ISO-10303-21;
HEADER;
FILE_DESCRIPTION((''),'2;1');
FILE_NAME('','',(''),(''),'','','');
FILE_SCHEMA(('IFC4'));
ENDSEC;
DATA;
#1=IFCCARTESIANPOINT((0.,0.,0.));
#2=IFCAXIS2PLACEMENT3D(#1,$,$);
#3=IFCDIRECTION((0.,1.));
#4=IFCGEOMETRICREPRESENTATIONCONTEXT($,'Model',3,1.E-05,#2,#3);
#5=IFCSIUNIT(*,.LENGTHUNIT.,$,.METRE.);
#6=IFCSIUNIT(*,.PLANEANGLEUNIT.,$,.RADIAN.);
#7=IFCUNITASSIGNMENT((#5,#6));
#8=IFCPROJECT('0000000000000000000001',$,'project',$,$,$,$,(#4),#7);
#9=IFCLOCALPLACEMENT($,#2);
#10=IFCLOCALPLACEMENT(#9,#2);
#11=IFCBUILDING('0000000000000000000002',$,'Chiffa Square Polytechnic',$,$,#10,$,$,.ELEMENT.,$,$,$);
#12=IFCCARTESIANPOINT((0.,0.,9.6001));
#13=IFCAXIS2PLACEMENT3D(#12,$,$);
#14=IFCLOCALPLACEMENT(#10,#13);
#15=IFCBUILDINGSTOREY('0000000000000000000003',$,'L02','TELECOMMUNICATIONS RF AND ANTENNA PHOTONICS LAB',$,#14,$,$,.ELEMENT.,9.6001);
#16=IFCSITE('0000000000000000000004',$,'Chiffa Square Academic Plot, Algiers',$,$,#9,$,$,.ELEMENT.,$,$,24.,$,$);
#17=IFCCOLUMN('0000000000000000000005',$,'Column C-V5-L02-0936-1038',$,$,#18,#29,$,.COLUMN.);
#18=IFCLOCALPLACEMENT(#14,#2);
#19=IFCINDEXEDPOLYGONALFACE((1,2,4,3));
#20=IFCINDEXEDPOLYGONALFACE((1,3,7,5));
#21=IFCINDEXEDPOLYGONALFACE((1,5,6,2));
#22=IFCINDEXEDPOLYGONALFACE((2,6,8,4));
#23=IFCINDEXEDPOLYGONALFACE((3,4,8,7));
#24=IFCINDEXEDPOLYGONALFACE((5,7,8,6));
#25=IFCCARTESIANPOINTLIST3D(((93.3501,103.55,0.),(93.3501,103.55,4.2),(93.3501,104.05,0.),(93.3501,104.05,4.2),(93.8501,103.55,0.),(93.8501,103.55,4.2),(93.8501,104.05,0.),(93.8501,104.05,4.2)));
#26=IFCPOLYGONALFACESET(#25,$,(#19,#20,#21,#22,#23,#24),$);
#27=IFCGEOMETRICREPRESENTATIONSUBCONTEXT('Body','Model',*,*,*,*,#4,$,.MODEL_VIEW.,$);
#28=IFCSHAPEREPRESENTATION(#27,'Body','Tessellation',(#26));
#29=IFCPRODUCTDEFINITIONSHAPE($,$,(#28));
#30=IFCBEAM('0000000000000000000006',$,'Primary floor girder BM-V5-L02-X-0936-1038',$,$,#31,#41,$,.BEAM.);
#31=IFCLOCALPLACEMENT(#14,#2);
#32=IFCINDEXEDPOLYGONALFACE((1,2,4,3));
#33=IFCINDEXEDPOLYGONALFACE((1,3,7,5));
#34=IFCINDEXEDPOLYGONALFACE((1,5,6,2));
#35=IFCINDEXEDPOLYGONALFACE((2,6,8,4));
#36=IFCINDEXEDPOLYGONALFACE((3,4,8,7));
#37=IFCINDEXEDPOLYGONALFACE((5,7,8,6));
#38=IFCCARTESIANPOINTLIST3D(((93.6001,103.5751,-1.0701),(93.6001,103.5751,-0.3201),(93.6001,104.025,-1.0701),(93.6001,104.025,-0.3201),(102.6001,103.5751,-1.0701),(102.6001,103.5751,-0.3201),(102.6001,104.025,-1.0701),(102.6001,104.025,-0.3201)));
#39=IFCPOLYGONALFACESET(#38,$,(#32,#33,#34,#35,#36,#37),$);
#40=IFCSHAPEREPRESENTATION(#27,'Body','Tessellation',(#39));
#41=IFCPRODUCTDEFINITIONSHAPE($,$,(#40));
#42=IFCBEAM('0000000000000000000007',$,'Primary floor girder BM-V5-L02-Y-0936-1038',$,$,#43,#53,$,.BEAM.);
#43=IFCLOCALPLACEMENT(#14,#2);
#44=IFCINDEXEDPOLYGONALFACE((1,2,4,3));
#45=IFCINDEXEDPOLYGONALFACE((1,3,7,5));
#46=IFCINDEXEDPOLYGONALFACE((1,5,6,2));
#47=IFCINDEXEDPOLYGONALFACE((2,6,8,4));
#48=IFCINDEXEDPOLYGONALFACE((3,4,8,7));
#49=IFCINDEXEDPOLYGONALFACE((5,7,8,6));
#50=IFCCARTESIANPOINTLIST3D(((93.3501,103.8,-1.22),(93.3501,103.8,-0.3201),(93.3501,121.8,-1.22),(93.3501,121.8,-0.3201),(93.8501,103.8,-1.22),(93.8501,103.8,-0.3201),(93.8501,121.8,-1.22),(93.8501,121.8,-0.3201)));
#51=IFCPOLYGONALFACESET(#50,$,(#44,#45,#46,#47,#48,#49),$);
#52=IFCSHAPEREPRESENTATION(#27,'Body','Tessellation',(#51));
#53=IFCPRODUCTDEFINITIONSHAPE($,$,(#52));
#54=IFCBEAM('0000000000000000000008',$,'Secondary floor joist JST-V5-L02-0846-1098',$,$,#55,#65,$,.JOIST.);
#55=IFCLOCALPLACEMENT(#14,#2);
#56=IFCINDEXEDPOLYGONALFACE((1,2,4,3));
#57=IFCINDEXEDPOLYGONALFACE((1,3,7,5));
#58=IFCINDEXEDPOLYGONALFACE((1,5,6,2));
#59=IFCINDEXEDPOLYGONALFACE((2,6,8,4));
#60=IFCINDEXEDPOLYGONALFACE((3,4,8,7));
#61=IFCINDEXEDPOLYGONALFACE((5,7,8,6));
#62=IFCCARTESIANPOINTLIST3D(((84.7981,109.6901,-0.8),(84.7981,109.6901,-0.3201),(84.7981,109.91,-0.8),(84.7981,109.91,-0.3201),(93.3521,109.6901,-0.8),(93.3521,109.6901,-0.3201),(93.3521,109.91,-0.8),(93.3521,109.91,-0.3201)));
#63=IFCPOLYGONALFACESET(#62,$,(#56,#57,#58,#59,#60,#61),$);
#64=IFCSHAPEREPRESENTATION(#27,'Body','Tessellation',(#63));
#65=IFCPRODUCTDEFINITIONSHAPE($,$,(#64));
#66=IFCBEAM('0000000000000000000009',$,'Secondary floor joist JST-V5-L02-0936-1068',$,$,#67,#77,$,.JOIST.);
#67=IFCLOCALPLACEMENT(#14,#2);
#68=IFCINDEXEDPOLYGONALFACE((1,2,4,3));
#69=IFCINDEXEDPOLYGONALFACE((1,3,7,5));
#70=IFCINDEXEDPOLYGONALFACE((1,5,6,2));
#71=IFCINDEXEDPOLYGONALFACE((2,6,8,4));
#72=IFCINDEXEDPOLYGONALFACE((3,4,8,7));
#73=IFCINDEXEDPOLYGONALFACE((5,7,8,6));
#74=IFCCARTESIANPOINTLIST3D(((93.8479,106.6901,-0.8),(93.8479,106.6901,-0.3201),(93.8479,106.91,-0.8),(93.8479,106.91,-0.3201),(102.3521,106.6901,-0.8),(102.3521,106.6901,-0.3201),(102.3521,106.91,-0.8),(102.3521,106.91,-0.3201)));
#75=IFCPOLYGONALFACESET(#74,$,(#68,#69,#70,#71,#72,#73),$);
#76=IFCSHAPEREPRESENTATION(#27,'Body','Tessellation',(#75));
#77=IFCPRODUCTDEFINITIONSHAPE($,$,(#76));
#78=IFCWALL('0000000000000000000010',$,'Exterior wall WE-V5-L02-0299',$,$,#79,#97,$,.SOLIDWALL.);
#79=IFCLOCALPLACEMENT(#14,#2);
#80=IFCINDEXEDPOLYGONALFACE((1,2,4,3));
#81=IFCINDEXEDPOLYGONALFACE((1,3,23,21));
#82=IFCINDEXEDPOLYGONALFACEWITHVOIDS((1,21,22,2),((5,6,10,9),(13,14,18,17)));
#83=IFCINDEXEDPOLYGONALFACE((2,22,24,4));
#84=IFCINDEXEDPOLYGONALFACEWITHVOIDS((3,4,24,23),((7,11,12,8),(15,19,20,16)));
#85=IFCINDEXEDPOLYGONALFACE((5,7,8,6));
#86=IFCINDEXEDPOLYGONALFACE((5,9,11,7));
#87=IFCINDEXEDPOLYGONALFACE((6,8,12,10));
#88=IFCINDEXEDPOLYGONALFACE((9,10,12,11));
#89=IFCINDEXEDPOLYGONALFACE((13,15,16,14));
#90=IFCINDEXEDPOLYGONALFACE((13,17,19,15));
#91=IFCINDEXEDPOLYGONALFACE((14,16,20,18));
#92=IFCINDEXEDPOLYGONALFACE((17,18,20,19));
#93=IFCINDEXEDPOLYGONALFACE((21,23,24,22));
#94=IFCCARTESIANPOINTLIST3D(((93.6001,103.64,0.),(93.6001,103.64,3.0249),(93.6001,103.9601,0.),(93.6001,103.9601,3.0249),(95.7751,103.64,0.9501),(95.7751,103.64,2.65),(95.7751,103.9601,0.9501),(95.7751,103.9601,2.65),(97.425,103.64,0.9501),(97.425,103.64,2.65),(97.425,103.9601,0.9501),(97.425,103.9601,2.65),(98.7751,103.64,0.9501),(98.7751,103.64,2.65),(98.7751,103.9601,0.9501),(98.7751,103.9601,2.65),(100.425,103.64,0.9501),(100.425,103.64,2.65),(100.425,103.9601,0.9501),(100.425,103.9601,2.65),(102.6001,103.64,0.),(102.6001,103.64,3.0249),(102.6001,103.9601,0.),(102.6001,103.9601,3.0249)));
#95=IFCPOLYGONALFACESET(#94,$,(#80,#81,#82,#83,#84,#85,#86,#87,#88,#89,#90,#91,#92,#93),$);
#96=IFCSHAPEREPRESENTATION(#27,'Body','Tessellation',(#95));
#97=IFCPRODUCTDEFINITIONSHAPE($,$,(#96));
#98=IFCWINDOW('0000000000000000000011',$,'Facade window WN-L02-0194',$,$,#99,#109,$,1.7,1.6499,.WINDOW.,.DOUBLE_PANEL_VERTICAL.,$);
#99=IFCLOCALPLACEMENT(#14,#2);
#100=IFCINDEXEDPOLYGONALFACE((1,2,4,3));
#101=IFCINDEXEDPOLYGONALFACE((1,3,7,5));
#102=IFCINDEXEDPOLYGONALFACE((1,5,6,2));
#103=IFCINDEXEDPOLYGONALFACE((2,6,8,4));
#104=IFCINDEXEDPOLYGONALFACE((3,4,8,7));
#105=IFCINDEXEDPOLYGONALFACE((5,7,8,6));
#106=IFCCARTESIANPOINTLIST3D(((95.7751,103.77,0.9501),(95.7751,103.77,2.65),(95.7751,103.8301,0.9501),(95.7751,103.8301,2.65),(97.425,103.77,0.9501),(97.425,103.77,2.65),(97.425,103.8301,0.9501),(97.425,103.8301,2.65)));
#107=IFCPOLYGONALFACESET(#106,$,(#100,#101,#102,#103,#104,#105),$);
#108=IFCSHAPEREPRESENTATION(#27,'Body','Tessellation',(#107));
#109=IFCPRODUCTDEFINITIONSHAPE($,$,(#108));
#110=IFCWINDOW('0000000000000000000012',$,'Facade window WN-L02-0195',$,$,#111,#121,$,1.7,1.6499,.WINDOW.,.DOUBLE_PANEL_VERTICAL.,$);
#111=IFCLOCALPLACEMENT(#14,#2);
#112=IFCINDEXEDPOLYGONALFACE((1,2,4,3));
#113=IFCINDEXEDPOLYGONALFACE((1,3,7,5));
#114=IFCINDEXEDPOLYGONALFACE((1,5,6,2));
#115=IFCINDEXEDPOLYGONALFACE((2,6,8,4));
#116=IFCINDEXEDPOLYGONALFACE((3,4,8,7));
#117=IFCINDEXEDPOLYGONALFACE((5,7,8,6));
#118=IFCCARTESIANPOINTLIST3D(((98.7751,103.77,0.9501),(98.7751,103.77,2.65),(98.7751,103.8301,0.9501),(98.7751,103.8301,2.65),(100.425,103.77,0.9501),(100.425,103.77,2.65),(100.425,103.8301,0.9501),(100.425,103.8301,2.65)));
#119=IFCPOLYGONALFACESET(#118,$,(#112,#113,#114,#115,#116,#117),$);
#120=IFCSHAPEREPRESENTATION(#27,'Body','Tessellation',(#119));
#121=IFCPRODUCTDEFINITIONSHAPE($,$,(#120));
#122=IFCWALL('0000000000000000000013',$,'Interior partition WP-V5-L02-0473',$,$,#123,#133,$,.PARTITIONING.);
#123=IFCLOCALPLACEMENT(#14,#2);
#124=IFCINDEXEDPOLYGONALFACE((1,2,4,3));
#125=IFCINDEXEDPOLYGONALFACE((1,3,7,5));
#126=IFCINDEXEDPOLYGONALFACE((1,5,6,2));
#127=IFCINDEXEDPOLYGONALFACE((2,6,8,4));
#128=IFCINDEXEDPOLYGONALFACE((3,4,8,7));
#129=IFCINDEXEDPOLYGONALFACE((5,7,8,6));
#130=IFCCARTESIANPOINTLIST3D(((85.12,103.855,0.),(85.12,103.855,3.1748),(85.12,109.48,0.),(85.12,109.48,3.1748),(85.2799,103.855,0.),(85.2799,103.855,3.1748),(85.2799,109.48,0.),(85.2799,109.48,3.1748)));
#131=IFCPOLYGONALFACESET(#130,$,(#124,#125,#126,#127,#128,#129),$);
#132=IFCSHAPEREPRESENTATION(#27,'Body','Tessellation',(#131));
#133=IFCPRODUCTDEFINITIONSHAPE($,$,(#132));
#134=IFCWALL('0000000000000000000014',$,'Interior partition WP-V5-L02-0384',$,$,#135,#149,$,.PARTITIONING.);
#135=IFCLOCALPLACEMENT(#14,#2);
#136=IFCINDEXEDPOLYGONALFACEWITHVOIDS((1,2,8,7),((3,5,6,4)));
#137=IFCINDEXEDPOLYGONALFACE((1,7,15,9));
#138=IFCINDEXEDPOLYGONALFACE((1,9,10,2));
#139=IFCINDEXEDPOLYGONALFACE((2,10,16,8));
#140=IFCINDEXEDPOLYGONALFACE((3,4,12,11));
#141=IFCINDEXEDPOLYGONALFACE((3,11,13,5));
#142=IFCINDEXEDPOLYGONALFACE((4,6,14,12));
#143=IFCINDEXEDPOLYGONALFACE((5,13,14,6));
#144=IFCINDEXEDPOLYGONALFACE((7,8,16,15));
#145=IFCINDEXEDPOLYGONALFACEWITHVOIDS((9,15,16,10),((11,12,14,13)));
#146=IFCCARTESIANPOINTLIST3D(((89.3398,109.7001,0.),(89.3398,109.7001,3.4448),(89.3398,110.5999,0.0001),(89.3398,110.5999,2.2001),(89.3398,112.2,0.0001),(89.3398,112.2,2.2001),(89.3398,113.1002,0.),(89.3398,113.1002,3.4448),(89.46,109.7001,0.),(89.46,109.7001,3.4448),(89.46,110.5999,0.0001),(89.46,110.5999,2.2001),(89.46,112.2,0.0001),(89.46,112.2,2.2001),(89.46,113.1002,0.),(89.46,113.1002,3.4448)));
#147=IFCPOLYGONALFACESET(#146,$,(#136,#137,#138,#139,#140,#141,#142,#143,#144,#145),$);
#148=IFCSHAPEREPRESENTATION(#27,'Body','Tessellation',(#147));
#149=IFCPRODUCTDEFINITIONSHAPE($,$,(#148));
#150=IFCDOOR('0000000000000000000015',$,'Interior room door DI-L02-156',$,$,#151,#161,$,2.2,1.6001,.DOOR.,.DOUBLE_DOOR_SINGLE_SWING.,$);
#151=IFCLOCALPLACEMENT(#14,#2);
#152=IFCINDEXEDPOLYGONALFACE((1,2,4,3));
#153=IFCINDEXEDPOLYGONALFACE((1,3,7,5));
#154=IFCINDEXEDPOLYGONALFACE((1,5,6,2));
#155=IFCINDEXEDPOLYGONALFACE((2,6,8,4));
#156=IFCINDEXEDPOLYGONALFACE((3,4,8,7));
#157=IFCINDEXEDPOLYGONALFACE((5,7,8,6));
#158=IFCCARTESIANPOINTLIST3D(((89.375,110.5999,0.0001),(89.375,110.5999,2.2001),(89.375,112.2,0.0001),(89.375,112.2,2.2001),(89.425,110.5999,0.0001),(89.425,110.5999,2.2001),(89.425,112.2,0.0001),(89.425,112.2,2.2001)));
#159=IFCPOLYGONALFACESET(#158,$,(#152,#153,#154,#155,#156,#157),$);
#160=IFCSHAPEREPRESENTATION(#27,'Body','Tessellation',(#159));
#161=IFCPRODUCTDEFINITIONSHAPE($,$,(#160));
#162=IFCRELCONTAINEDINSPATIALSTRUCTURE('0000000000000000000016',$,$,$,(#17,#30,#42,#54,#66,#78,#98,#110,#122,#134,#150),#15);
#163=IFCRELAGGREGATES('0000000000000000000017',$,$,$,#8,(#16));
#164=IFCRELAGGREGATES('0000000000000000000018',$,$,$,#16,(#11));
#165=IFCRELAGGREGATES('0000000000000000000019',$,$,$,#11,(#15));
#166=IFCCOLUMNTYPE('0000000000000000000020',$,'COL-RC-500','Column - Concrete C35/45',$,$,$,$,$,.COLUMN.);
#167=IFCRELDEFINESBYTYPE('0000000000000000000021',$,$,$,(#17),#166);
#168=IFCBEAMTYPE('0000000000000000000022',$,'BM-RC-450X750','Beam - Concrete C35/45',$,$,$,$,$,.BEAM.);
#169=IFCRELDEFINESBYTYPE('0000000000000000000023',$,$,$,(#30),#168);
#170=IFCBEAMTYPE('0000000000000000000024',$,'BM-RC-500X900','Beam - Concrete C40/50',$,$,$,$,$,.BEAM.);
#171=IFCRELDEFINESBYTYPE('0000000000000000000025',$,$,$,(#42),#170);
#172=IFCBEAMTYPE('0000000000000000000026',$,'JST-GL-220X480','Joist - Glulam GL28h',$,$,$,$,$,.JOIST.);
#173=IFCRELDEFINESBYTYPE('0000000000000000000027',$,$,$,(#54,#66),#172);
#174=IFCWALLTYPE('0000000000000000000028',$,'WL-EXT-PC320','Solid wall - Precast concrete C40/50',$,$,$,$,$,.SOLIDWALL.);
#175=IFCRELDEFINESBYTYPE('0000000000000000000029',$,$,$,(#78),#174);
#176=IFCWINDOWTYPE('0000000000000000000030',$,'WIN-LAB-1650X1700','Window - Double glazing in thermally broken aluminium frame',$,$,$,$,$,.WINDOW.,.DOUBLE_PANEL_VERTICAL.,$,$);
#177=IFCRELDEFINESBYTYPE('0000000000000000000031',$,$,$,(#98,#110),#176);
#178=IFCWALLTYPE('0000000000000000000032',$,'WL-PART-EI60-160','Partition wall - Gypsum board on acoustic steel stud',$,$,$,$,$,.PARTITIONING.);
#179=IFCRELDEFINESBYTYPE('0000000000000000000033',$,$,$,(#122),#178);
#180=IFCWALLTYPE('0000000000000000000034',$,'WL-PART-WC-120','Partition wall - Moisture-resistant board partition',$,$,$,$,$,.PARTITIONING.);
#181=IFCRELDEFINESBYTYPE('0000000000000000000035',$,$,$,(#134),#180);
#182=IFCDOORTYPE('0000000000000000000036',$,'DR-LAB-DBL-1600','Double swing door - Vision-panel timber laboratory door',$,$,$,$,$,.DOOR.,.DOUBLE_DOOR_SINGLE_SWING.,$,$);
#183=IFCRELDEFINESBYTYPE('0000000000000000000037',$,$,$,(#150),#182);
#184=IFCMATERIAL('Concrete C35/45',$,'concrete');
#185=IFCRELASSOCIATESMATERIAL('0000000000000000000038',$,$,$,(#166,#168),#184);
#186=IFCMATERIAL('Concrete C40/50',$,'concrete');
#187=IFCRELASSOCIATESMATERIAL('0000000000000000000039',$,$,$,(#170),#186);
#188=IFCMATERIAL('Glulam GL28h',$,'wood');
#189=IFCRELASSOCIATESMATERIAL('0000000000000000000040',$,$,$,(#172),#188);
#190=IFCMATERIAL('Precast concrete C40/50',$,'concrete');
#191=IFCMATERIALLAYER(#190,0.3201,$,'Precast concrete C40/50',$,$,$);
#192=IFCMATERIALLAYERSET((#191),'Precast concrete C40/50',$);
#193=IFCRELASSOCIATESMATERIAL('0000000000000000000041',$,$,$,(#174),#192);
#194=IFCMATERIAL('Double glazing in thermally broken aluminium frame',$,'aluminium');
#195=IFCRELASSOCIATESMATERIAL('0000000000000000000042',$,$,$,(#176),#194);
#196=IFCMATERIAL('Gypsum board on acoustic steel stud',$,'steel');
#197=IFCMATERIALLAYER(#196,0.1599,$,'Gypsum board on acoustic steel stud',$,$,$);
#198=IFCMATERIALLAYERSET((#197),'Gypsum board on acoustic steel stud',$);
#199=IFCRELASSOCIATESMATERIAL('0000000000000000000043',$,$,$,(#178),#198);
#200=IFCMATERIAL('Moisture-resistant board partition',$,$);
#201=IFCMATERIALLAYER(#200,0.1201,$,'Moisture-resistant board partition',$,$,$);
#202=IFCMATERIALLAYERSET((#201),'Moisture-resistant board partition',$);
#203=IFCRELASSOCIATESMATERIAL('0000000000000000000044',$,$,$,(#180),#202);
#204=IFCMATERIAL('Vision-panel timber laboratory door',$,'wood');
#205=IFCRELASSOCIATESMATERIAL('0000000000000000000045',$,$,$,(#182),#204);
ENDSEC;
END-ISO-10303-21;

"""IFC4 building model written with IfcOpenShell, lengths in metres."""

from ifc_helpers import new_model, si_unit, direction, frame, frame_2d, origin, origin_2d, place, context, subcontext, project, spatial, rectangle, extrude, material, layer, layer_set, material_profile, profile_set, type_object, element, fill, save


model = new_model("IFC4")

# Units and contexts
model_context = context("Model", 3, precision=1e-05, world=origin(), true_north=direction((0.0, 1.0)))
body_context = subcontext(model_context, "Body", "Model", "MODEL_VIEW")
ifc_project = project(units=[si_unit("LENGTHUNIT", "METRE"), si_unit("PLANEANGLEUNIT", "RADIAN")], contexts=[model_context])

# Site, building, storey
site_placement = place(None, origin())
site = spatial("IfcSite", under=ifc_project, at=site_placement, Name="Chiffa Square Academic Plot, Algiers", CompositionType="ELEMENT", RefElevation=24.0)
building_placement = place(site_placement, origin())
building = spatial("IfcBuilding", under=site, at=building_placement, Name="Chiffa Square Polytechnic", CompositionType="ELEMENT")
storey_placement = place(building_placement, frame((0.0, 0.0, 9.6001)))
storey = spatial("IfcBuildingStorey", under=building, at=storey_placement, Name="L02", Description="TELECOMMUNICATIONS RF AND ANTENNA PHOTONICS LAB", CompositionType="ELEMENT", Elevation=9.6001)

# Column
ifc_material_1 = material(Name="Concrete C35/45", Category="concrete")
ifc_material_profile_1 = material_profile(ifc_material_1, rectangle(XDim=0.5, YDim=0.5, at=origin_2d()), Name="RC 500x500")
ifc_profile_set_1 = profile_set([ifc_material_profile_1], Name="Concrete C35/45")
column_type = type_object("IfcColumnType", Name="COL-RC-500", Description="Column - Concrete C35/45", PredefinedType="COLUMN", material=ifc_profile_set_1)
column_placement = place(storey_placement, frame((93.6001, 103.8, 0.0), z_axis=(0.0, 0.0, 1.0), x_axis=(1.0, 0.0, 0.0)))
element("IfcColumn", 1, at=column_placement, inside=storey, type_object=column_type, Name="Column C-V5-L02-0936-1038", PredefinedType="COLUMN", context=body_context, shape_type="SweptSolid", body=[
    extrude(rectangle(XDim=0.5, YDim=0.5, at=origin_2d()), origin(), (0.0, 0.0, 1.0), 4.2),
])

# Beams
ifc_material_profile_2 = material_profile(ifc_material_1, rectangle(XDim=0.45, YDim=0.75, at=origin_2d()), Name="RC 450x750")
ifc_profile_set_2 = profile_set([ifc_material_profile_2], Name="Concrete C35/45")
beam_type_1 = type_object("IfcBeamType", Name="BM-RC-450X750", Description="Beam - Concrete C35/45", PredefinedType="BEAM", material=ifc_profile_set_2)
beam_1_placement = place(storey_placement, frame((93.6001, 103.8, -0.6951), z_axis=(1.0, 0.0, 0.0), x_axis=(0.0, 1.0, 0.0)))
element("IfcBeam", 2, at=beam_1_placement, inside=storey, type_object=beam_type_1, Name="Primary floor girder BM-V5-L02-X-0936-1038", PredefinedType="BEAM", context=body_context, shape_type="SweptSolid", body=[
    extrude(rectangle(XDim=0.45, YDim=0.75, at=origin_2d()), origin(), (0.0, 0.0, 1.0), 9.0),
])
ifc_material_2 = material(Name="Concrete C40/50", Category="concrete")
ifc_material_profile_3 = material_profile(ifc_material_2, rectangle(XDim=0.5, YDim=0.8999, at=origin_2d()), Name="RC 500x900")
ifc_profile_set_3 = profile_set([ifc_material_profile_3], Name="Concrete C40/50")
beam_type_2 = type_object("IfcBeamType", Name="BM-RC-500X900", Description="Beam - Concrete C40/50", PredefinedType="BEAM", material=ifc_profile_set_3)
beam_2_placement = place(storey_placement, frame((93.6001, 103.8, -0.77), z_axis=(0.0, 1.0, 0.0), x_axis=(-1.0, 0.0, 0.0)))
element("IfcBeam", 3, at=beam_2_placement, inside=storey, type_object=beam_type_2, Name="Primary floor girder BM-V5-L02-Y-0936-1038", PredefinedType="BEAM", context=body_context, shape_type="SweptSolid", body=[
    extrude(rectangle(XDim=0.5, YDim=0.8999, at=origin_2d()), origin(), (0.0, 0.0, 1.0), 18.0),
])
ifc_material_3 = material(Name="Glulam GL28h", Category="wood")
ifc_material_profile_4 = material_profile(ifc_material_3, rectangle(XDim=0.22, YDim=0.48, at=origin_2d()), Name="GL28h 220x480")
ifc_profile_set_4 = profile_set([ifc_material_profile_4], Name="Glulam GL28h")
beam_type_3 = type_object("IfcBeamType", Name="JST-GL-220X480", Description="Joist - Glulam GL28h", PredefinedType="JOIST", material=ifc_profile_set_4)
beam_3_placement = place(storey_placement, frame((84.7981, 109.8, -0.5601), z_axis=(1.0, 0.0, 0.0), x_axis=(0.0, 1.0, 0.0)))
element("IfcBeam", 4, at=beam_3_placement, inside=storey, type_object=beam_type_3, Name="Secondary floor joist JST-V5-L02-0846-1098", PredefinedType="JOIST", context=body_context, shape_type="SweptSolid", body=[
    extrude(rectangle(XDim=0.22, YDim=0.48, at=origin_2d()), origin(), (0.0, 0.0, 1.0), 8.554),
])
beam_4_placement = place(storey_placement, frame((93.8479, 106.8, -0.5601), z_axis=(1.0, 0.0, 0.0), x_axis=(0.0, 1.0, 0.0)))
element("IfcBeam", 5, at=beam_4_placement, inside=storey, type_object=beam_type_3, Name="Secondary floor joist JST-V5-L02-0936-1068", PredefinedType="JOIST", context=body_context, shape_type="SweptSolid", body=[
    extrude(rectangle(XDim=0.22, YDim=0.48, at=origin_2d()), origin(), (0.0, 0.0, 1.0), 8.5042),
])

# Wall, openings, windows
ifc_material_4 = material(Name="Precast concrete C40/50", Category="concrete")
ifc_layer_1 = layer(ifc_material_4, 0.3201, Name="Precast concrete C40/50")
ifc_layer_set_1 = layer_set([ifc_layer_1], Name="Precast concrete C40/50")
wall_type_1 = type_object("IfcWallType", Name="WL-EXT-PC320", Description="Solid wall - Precast concrete C40/50", PredefinedType="SOLIDWALL", material=ifc_layer_set_1)
wall_1_placement = place(storey_placement, frame((93.6001, 103.8, 0.0), z_axis=(0.0, 0.0, 1.0), x_axis=(1.0, 0.0, 0.0)))
wall_1 = element("IfcWall", 6, at=wall_1_placement, inside=storey, type_object=wall_type_1, Name="Exterior wall WE-V5-L02-0299", PredefinedType="SOLIDWALL", context=body_context, shape_type="SweptSolid", body=[
    extrude(rectangle(XDim=9.0, YDim=0.3201, at=frame_2d((4.5, 0.0))), origin(), (0.0, 0.0, 1.0), 3.0249),
])
opening_1_placement = place(wall_1_placement, frame((2.175, 0.0, 0.95)))
opening_1 = element("IfcOpeningElement", 7, at=opening_1_placement, cuts=wall_1, PredefinedType="OPENING", context=body_context, shape_type="SweptSolid", body=[
    extrude(rectangle(XDim=1.6499, YDim=1.7, at=frame_2d((0.825, 0.8501))), frame((0.0, 0.1699, 0.0), z_axis=(0.0, -1.0, 0.0), x_axis=(1.0, 0.0, 0.0)), (0.0, 0.0, 1.0), 0.3401),
])
opening_2_placement = place(wall_1_placement, frame((5.175, 0.0, 0.95)))
opening_2 = element("IfcOpeningElement", 8, at=opening_2_placement, cuts=wall_1, PredefinedType="OPENING", context=body_context, shape_type="SweptSolid", body=[
    extrude(rectangle(XDim=1.6499, YDim=1.7, at=frame_2d((0.825, 0.8501))), frame((0.0, 0.1699, 0.0), z_axis=(0.0, -1.0, 0.0), x_axis=(1.0, 0.0, 0.0)), (0.0, 0.0, 1.0), 0.3401),
])
ifc_material_5 = material(Name="Double glazing in thermally broken aluminium frame", Category="aluminium")
window_type = type_object("IfcWindowType", Name="WIN-LAB-1650X1700", Description="Window - Double glazing in thermally broken aluminium frame", PartitioningType="DOUBLE_PANEL_VERTICAL", PredefinedType="WINDOW", material=ifc_material_5)
window_1_placement = place(opening_1_placement, origin())
window_1 = element("IfcWindow", 9, at=window_1_placement, inside=storey, type_object=window_type, Name="Facade window WN-L02-0194", OverallHeight=1.7, OverallWidth=1.6499, PartitioningType="DOUBLE_PANEL_VERTICAL", PredefinedType="WINDOW", context=body_context, shape_type="SweptSolid", body=[
    extrude(rectangle(XDim=1.6499, YDim=1.7, at=frame_2d((0.825, 0.8501))), frame((0.0, 0.03, 0.0), z_axis=(0.0, -1.0, 0.0), x_axis=(1.0, 0.0, 0.0)), (0.0, 0.0, 1.0), 0.0601),
])
fill(opening_1, window_1)
window_2_placement = place(opening_2_placement, origin())
window_2 = element("IfcWindow", 10, at=window_2_placement, inside=storey, type_object=window_type, Name="Facade window WN-L02-0195", OverallHeight=1.7, OverallWidth=1.6499, PartitioningType="DOUBLE_PANEL_VERTICAL", PredefinedType="WINDOW", context=body_context, shape_type="SweptSolid", body=[
    extrude(rectangle(XDim=1.6499, YDim=1.7, at=frame_2d((0.825, 0.8501))), frame((0.0, 0.03, 0.0), z_axis=(0.0, -1.0, 0.0), x_axis=(1.0, 0.0, 0.0)), (0.0, 0.0, 1.0), 0.0601),
])
fill(opening_2, window_2)

# Wall
ifc_material_6 = material(Name="Gypsum board on acoustic steel stud", Category="steel")
ifc_layer_2 = layer(ifc_material_6, 0.1599, Name="Gypsum board on acoustic steel stud")
ifc_layer_set_2 = layer_set([ifc_layer_2], Name="Gypsum board on acoustic steel stud")
wall_type_2 = type_object("IfcWallType", Name="WL-PART-EI60-160", Description="Partition wall - Gypsum board on acoustic steel stud", PredefinedType="PARTITIONING", material=ifc_layer_set_2)
wall_2_placement = place(storey_placement, frame((85.2, 103.855, 0.0), z_axis=(0.0, 0.0, 1.0), x_axis=(0.0, 1.0, 0.0)))
element("IfcWall", 11, at=wall_2_placement, inside=storey, type_object=wall_type_2, Name="Interior partition WP-V5-L02-0473", PredefinedType="PARTITIONING", context=body_context, shape_type="SweptSolid", body=[
    extrude(rectangle(XDim=5.625, YDim=0.1599, at=frame_2d((2.8125, 0.0))), origin(), (0.0, 0.0, 1.0), 3.1748),
])

# Wall, opening, door
ifc_material_7 = material(Name="Moisture-resistant board partition")
ifc_layer_3 = layer(ifc_material_7, 0.1201, Name="Moisture-resistant board partition")
ifc_layer_set_3 = layer_set([ifc_layer_3], Name="Moisture-resistant board partition")
wall_type_3 = type_object("IfcWallType", Name="WL-PART-WC-120", Description="Partition wall - Moisture-resistant board partition", PredefinedType="PARTITIONING", material=ifc_layer_set_3)
wall_3_placement = place(storey_placement, frame((89.3999, 109.7, 0.0), z_axis=(0.0, 0.0, 1.0), x_axis=(0.0, 1.0, 0.0)))
wall_3 = element("IfcWall", 12, at=wall_3_placement, inside=storey, type_object=wall_type_3, Name="Interior partition WP-V5-L02-0384", PredefinedType="PARTITIONING", context=body_context, shape_type="SweptSolid", body=[
    extrude(rectangle(XDim=3.4001, YDim=0.1201, at=frame_2d((1.7002, 0.0))), origin(), (0.0, 0.0, 1.0), 3.4448),
])
opening_3_placement = place(wall_3_placement, frame((0.8999, 0.0, 0.0)))
opening_3 = element("IfcOpeningElement", 13, at=opening_3_placement, cuts=wall_3, PredefinedType="OPENING", context=body_context, shape_type="SweptSolid", body=[
    extrude(rectangle(XDim=1.6001, YDim=2.2, at=frame_2d((0.8, 1.1001))), frame((0.0, 0.0701, 0.0), z_axis=(0.0, -1.0, 0.0), x_axis=(1.0, 0.0, 0.0)), (0.0, 0.0, 1.0), 0.1401),
])
ifc_material_8 = material(Name="Vision-panel timber laboratory door", Category="wood")
door_type = type_object("IfcDoorType", Name="DR-LAB-DBL-1600", Description="Double swing door - Vision-panel timber laboratory door", OperationType="DOUBLE_DOOR_SINGLE_SWING", PredefinedType="DOOR", material=ifc_material_8)
door_1_placement = place(opening_3_placement, origin())
door_1 = element("IfcDoor", 14, at=door_1_placement, inside=storey, type_object=door_type, Name="Interior room door DI-L02-156", OperationType="DOUBLE_DOOR_SINGLE_SWING", OverallHeight=2.2, OverallWidth=1.6001, PredefinedType="DOOR", context=body_context, shape_type="SweptSolid", body=[
    extrude(rectangle(XDim=1.6001, YDim=2.2, at=frame_2d((0.8, 1.1001))), frame((0.0, 0.0249, 0.0), z_axis=(0.0, -1.0, 0.0), x_axis=(1.0, 0.0, 0.0)), (0.0, 0.0, 1.0), 0.05),
])
fill(opening_3, door_1)

save(model, "model.ifc")
